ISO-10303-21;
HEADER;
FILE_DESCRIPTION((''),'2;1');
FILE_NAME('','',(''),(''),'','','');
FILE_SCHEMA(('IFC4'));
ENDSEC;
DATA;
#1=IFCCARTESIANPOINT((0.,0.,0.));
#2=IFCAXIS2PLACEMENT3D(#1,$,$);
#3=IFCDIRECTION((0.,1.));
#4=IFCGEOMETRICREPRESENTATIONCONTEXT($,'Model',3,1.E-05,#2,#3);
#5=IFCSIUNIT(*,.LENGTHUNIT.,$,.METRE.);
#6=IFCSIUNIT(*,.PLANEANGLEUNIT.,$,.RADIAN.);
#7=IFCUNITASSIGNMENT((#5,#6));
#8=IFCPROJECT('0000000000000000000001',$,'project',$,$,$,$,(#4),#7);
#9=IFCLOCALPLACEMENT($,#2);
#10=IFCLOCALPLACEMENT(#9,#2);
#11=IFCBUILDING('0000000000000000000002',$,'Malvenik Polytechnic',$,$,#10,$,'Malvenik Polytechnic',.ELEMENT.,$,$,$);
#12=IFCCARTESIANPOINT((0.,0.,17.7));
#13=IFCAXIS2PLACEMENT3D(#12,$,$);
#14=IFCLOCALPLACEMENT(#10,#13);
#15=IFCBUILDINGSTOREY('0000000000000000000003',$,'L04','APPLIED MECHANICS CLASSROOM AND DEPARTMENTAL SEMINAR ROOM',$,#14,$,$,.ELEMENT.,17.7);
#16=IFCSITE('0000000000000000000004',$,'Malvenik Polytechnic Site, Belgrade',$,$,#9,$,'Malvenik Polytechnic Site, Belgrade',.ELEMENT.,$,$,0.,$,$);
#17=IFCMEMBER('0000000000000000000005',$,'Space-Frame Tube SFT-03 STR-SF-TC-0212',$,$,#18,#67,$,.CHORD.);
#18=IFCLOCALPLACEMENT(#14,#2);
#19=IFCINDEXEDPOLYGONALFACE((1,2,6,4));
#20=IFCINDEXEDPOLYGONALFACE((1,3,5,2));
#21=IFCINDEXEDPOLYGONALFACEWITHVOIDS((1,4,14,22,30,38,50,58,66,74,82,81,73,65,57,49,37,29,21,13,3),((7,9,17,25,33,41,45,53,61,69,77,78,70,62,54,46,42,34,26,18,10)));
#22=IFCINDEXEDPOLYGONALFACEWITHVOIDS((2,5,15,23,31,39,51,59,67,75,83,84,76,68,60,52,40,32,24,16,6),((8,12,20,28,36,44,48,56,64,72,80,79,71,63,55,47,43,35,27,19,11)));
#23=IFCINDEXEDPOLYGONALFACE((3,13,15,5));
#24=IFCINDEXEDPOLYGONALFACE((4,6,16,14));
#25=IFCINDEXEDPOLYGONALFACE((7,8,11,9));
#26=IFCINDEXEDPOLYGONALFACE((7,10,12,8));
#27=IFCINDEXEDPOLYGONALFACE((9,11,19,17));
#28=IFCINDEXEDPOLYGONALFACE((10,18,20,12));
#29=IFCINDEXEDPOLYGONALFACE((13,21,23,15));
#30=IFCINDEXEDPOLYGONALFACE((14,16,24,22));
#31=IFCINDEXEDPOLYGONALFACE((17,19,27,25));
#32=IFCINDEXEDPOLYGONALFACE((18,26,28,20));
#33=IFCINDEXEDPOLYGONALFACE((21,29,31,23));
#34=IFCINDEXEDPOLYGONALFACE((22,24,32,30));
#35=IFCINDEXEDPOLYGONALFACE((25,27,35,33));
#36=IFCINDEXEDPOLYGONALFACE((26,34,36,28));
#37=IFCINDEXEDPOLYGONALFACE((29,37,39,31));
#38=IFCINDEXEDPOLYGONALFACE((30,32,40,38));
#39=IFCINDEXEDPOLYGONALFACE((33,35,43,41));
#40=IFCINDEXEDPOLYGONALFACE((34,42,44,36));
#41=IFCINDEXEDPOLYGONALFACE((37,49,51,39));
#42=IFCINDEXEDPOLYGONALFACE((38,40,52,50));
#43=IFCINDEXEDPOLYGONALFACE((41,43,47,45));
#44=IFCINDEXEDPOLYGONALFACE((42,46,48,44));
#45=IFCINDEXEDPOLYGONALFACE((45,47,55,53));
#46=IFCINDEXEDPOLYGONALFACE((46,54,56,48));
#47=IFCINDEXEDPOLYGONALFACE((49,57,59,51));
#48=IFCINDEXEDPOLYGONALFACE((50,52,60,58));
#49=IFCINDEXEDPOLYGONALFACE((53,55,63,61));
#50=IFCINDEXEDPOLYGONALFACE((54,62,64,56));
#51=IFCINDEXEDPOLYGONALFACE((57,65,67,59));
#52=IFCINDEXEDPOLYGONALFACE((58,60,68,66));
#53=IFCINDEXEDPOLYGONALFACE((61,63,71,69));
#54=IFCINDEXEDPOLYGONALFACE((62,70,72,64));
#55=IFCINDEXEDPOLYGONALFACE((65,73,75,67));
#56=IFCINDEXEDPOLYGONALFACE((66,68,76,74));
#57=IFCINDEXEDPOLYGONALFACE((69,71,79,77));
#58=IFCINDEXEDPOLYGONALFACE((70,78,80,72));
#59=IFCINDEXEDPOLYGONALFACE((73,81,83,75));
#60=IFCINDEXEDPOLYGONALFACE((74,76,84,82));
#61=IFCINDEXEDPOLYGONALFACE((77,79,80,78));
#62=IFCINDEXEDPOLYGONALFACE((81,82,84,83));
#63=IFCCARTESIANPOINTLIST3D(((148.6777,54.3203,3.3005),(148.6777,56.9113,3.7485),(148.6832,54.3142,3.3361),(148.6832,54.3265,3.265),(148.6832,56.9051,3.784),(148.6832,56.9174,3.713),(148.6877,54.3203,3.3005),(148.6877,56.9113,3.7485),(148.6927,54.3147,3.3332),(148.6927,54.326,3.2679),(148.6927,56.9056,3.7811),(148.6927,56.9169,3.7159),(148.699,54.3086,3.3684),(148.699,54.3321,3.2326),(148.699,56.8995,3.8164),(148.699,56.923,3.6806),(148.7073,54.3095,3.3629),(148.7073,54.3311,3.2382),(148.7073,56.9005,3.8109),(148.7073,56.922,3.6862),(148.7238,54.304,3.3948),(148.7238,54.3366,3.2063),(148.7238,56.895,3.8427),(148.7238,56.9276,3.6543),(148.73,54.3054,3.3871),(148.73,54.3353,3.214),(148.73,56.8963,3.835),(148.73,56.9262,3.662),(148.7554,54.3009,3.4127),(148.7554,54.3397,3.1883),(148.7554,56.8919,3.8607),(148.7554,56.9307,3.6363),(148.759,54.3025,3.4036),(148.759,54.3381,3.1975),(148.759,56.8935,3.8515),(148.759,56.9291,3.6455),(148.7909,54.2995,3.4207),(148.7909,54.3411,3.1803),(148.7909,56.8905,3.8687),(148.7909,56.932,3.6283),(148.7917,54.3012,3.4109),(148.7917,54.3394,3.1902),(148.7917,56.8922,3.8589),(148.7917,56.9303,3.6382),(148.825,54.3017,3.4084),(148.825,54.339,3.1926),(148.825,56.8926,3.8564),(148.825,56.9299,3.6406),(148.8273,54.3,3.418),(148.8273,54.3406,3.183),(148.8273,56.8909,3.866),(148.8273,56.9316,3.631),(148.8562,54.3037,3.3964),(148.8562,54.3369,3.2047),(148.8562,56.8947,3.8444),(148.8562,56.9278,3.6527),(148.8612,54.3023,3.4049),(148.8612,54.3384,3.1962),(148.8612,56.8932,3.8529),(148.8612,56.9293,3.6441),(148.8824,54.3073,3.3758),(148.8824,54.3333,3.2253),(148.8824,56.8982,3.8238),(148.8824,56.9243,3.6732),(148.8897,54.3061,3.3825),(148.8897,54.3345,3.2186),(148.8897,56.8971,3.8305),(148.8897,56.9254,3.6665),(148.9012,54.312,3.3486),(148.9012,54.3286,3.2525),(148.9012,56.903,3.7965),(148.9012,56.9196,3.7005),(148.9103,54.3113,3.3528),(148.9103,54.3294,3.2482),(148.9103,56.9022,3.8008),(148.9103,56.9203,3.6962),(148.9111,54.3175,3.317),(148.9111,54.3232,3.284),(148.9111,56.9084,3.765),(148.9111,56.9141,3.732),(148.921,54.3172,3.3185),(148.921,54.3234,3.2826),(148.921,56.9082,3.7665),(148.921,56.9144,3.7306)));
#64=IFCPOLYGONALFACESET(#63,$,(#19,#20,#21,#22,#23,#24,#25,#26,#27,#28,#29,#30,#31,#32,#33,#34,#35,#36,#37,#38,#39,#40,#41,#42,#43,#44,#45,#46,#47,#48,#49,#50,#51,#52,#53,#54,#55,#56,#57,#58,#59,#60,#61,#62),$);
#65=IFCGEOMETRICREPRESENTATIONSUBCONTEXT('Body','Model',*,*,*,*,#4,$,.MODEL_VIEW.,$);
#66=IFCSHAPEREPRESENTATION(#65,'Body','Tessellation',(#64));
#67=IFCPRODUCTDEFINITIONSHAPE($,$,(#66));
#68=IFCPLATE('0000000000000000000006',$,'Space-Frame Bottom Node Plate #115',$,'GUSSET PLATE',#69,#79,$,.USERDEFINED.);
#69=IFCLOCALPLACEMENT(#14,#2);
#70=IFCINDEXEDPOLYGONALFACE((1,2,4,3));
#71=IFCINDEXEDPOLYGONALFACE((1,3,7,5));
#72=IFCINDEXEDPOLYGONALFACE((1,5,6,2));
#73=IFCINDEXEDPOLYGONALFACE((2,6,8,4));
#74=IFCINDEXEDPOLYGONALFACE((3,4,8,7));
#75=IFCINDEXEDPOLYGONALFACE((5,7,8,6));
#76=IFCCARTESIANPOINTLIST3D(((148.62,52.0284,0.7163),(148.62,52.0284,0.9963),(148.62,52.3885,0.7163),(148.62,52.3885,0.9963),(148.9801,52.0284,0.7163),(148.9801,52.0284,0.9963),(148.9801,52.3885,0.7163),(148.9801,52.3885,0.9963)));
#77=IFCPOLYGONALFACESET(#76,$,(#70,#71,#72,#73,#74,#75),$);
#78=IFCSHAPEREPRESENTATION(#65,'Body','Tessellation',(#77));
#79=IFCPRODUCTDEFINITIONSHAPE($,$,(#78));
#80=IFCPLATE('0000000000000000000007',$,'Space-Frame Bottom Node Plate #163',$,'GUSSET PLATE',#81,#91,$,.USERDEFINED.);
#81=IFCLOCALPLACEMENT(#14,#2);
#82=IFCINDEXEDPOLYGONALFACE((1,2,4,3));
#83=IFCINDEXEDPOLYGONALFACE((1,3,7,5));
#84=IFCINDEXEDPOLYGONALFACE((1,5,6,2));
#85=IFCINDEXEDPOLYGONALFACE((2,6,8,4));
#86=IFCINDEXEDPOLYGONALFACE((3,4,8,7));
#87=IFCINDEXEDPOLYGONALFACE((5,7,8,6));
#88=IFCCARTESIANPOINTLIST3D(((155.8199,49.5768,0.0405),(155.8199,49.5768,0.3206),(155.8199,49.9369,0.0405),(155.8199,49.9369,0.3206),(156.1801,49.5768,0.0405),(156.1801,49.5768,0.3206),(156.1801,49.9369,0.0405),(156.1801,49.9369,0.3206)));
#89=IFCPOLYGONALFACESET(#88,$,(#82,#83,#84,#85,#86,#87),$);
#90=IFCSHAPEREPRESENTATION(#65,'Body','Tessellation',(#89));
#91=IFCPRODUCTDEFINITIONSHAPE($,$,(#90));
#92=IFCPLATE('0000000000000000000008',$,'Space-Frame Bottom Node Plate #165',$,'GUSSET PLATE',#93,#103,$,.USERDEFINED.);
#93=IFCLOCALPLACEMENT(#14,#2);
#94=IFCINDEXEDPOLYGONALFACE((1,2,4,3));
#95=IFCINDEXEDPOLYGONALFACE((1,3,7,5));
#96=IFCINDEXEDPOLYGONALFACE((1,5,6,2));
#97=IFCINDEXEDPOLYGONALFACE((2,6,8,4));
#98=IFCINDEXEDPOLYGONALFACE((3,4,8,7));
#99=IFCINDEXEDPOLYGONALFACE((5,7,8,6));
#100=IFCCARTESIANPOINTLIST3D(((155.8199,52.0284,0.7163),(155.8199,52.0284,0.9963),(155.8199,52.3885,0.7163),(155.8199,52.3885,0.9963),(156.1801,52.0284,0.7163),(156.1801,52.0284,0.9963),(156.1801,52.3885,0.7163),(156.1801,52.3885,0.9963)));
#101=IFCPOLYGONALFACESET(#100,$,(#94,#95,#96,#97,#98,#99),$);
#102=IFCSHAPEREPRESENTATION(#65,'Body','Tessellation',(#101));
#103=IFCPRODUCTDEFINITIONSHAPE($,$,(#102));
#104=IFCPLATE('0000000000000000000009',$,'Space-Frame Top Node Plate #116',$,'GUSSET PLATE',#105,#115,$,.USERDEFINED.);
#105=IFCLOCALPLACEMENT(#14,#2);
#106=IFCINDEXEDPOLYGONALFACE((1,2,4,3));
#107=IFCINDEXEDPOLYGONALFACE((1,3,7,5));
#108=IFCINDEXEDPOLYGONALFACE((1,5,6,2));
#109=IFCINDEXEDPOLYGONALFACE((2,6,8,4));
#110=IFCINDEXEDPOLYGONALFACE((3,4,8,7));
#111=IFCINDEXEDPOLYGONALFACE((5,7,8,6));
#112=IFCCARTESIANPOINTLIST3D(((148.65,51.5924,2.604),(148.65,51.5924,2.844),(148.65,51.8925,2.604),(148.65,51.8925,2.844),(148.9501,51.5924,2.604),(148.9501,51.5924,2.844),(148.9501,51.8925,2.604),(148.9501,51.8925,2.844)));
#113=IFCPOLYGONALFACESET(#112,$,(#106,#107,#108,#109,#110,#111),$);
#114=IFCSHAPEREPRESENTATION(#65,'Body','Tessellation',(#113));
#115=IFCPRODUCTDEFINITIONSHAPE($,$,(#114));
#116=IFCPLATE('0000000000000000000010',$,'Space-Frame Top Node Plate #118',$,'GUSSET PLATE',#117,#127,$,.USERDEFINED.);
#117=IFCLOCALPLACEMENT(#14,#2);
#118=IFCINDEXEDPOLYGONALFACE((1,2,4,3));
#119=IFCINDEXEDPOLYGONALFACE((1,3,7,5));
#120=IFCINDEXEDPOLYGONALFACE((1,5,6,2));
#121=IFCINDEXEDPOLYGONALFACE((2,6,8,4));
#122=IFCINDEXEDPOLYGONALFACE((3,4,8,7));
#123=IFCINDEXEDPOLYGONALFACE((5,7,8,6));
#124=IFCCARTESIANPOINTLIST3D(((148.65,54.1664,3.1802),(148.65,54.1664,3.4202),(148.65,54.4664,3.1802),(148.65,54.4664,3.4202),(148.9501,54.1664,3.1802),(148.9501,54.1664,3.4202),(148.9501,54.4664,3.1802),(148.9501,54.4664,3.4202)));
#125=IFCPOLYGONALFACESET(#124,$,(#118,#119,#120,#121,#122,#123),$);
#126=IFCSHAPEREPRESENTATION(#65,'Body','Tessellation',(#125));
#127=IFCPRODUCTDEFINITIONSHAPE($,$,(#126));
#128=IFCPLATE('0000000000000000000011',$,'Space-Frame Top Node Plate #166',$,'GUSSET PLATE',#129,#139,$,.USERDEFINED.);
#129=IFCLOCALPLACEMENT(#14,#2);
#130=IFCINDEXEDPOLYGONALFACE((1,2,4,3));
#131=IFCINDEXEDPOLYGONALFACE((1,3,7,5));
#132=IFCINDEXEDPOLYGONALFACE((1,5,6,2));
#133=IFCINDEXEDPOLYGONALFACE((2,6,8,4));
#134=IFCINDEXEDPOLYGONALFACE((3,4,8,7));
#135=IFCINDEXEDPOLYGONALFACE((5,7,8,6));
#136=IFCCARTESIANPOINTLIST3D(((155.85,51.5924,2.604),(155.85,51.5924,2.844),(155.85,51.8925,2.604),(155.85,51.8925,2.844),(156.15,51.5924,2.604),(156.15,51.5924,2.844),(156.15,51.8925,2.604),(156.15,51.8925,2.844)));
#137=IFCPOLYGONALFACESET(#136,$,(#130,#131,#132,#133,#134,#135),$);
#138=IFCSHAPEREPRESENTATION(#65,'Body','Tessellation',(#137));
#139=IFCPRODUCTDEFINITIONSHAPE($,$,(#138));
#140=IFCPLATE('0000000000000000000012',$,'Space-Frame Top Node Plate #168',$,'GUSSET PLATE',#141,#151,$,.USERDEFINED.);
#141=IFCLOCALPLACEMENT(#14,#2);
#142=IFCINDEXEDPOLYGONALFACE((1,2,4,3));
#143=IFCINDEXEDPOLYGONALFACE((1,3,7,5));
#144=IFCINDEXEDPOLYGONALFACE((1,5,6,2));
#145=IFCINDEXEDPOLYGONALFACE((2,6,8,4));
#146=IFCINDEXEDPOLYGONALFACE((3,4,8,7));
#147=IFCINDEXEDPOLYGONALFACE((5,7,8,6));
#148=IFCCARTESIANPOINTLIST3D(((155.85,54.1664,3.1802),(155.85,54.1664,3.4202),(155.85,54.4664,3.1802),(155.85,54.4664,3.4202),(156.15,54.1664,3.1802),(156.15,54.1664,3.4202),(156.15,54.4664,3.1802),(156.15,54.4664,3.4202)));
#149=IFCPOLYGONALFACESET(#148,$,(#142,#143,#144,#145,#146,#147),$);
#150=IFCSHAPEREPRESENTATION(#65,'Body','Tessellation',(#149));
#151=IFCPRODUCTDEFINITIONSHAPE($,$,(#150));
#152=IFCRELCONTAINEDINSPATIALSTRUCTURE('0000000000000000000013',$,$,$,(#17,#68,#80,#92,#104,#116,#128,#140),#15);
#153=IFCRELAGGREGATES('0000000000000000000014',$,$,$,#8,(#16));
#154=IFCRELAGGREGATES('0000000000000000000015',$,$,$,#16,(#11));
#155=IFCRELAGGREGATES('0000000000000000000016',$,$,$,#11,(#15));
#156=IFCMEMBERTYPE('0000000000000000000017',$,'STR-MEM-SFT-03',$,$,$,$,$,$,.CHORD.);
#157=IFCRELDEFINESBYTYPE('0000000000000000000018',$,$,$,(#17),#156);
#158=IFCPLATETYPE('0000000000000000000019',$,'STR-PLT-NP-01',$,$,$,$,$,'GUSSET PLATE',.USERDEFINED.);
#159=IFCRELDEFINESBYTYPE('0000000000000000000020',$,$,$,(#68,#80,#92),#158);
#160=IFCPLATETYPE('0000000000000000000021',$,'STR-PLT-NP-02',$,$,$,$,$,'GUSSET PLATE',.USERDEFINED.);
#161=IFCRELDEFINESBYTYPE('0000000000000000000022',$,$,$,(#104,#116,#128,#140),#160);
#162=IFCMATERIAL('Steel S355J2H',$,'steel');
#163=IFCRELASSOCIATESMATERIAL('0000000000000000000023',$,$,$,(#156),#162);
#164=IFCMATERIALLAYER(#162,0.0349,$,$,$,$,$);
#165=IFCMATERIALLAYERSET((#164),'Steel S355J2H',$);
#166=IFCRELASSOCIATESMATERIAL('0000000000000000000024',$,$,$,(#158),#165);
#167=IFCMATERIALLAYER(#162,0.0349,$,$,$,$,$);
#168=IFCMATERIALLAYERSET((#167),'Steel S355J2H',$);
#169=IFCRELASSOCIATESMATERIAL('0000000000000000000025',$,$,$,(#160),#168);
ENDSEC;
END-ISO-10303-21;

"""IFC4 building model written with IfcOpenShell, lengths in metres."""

from ifc_helpers import new_model, si_unit, direction, frame, origin, origin_2d, place, context, subcontext, project, spatial, rectangle, hollow_circle, extrude, material, layer, layer_set, material_profile, profile_set, type_object, element, save


model = new_model("IFC4")

# Units and contexts
model_context = context("Model", 3, precision=1e-05, world=origin(), true_north=direction((0.0, 1.0)))
body_context = subcontext(model_context, "Body", "Model", "MODEL_VIEW")
ifc_project = project(units=[si_unit("LENGTHUNIT", "METRE"), si_unit("PLANEANGLEUNIT", "RADIAN")], contexts=[model_context])

# Site, building, storey
site_placement = place(None, origin())
site = spatial("IfcSite", under=ifc_project, at=site_placement, Name="Malvenik Polytechnic Site, Belgrade", LongName="Malvenik Polytechnic Site, Belgrade", CompositionType="ELEMENT", RefElevation=0.0)
building_placement = place(site_placement, origin())
building = spatial("IfcBuilding", under=site, at=building_placement, Name="Malvenik Polytechnic", LongName="Malvenik Polytechnic", CompositionType="ELEMENT")
storey_placement = place(building_placement, frame((0.0, 0.0, 17.7)))
storey = spatial("IfcBuildingStorey", under=building, at=storey_placement, Name="L04", Description="APPLIED MECHANICS CLASSROOM AND DEPARTMENTAL SEMINAR ROOM", CompositionType="ELEMENT", Elevation=17.7)

# Member
ifc_material = material(Name="Steel S355J2H", Category="steel")
ifc_material_profile_1 = material_profile(ifc_material, hollow_circle(Radius=0.1223, WallThickness=0.01, at=origin_2d()), Name="CHS 244.5x10.0")
ifc_profile_set_1 = profile_set([ifc_material_profile_1], Name="Steel S355J2H")
member_type_1 = type_object("IfcMemberType", Name="STR-MEM-SFT-03", PredefinedType="CHORD", material=ifc_profile_set_1)
member_1_placement = place(storey_placement, frame((148.8, 54.3203, 3.3005), z_axis=(0.0, 0.98538, 0.170373), x_axis=(-1.0, 0.0, 0.0)))
element("IfcMember", 1, at=member_1_placement, inside=storey, type_object=member_type_1, Name="Space-Frame Tube SFT-03 STR-SF-TC-0212", PredefinedType="CHORD", context=body_context, shape_type="SweptSolid", body=[
    extrude(hollow_circle(Radius=0.1223, WallThickness=0.01, at=origin_2d()), origin(), (0.0, 0.0, 1.0), 2.6294),
])

# Plates
ifc_layer_1 = layer(ifc_material, 0.0349)
ifc_layer_set_1 = layer_set([ifc_layer_1], Name="Steel S355J2H")
plate_type_1 = type_object("IfcPlateType", Name="STR-PLT-NP-01", ElementType="GUSSET PLATE", PredefinedType="USERDEFINED", material=ifc_layer_set_1)
for number, where, z_axis, x_axis, name in (
    (2, (148.8, 52.2085, 0.7163), (0.0, 0.0, 1.0), (1.0, 0.0, 0.0), "Space-Frame Bottom Node Plate #115"),
    (3, (156.0, 49.7568, 0.0405), (0.0, 0.0, 1.0), (1.0, 0.0, 0.0), "Space-Frame Bottom Node Plate #163"),
    (4, (156.0, 52.2085, 0.7163), (0.0, 0.0, 1.0), (1.0, 0.0, 0.0), "Space-Frame Bottom Node Plate #165"),
):
    element("IfcPlate", number, at=place(storey_placement, frame(where, z_axis=z_axis, x_axis=x_axis)), inside=storey, type_object=plate_type_1, Name=name, ObjectType="GUSSET PLATE", PredefinedType="USERDEFINED", context=body_context, shape_type="SweptSolid", body=[
        extrude(rectangle(XDim=0.3601, YDim=0.3601, at=origin_2d()), origin(), (0.0, 0.0, 1.0), 0.28),
    ])
ifc_layer_2 = layer(ifc_material, 0.0349)
ifc_layer_set_2 = layer_set([ifc_layer_2], Name="Steel S355J2H")
plate_type_2 = type_object("IfcPlateType", Name="STR-PLT-NP-02", ElementType="GUSSET PLATE", PredefinedType="USERDEFINED", material=ifc_layer_set_2)
for number, where, z_axis, x_axis, name in (
    (5, (148.8, 51.7424, 2.604), (0.0, 0.0, 1.0), (1.0, 0.0, 0.0), "Space-Frame Top Node Plate #116"),
    (6, (148.8, 54.3164, 3.1802), (0.0, 0.0, 1.0), (1.0, 0.0, 0.0), "Space-Frame Top Node Plate #118"),
    (7, (156.0, 51.7424, 2.604), (0.0, 0.0, 1.0), (1.0, 0.0, 0.0), "Space-Frame Top Node Plate #166"),
    (8, (156.0, 54.3164, 3.1802), (0.0, 0.0, 1.0), (1.0, 0.0, 0.0), "Space-Frame Top Node Plate #168"),
):
    element("IfcPlate", number, at=place(storey_placement, frame(where, z_axis=z_axis, x_axis=x_axis)), inside=storey, type_object=plate_type_2, Name=name, ObjectType="GUSSET PLATE", PredefinedType="USERDEFINED", context=body_context, shape_type="SweptSolid", body=[
        extrude(rectangle(XDim=0.3, YDim=0.3, at=origin_2d()), origin(), (0.0, 0.0, 1.0), 0.24),
    ])

save(model, "model.ifc")
